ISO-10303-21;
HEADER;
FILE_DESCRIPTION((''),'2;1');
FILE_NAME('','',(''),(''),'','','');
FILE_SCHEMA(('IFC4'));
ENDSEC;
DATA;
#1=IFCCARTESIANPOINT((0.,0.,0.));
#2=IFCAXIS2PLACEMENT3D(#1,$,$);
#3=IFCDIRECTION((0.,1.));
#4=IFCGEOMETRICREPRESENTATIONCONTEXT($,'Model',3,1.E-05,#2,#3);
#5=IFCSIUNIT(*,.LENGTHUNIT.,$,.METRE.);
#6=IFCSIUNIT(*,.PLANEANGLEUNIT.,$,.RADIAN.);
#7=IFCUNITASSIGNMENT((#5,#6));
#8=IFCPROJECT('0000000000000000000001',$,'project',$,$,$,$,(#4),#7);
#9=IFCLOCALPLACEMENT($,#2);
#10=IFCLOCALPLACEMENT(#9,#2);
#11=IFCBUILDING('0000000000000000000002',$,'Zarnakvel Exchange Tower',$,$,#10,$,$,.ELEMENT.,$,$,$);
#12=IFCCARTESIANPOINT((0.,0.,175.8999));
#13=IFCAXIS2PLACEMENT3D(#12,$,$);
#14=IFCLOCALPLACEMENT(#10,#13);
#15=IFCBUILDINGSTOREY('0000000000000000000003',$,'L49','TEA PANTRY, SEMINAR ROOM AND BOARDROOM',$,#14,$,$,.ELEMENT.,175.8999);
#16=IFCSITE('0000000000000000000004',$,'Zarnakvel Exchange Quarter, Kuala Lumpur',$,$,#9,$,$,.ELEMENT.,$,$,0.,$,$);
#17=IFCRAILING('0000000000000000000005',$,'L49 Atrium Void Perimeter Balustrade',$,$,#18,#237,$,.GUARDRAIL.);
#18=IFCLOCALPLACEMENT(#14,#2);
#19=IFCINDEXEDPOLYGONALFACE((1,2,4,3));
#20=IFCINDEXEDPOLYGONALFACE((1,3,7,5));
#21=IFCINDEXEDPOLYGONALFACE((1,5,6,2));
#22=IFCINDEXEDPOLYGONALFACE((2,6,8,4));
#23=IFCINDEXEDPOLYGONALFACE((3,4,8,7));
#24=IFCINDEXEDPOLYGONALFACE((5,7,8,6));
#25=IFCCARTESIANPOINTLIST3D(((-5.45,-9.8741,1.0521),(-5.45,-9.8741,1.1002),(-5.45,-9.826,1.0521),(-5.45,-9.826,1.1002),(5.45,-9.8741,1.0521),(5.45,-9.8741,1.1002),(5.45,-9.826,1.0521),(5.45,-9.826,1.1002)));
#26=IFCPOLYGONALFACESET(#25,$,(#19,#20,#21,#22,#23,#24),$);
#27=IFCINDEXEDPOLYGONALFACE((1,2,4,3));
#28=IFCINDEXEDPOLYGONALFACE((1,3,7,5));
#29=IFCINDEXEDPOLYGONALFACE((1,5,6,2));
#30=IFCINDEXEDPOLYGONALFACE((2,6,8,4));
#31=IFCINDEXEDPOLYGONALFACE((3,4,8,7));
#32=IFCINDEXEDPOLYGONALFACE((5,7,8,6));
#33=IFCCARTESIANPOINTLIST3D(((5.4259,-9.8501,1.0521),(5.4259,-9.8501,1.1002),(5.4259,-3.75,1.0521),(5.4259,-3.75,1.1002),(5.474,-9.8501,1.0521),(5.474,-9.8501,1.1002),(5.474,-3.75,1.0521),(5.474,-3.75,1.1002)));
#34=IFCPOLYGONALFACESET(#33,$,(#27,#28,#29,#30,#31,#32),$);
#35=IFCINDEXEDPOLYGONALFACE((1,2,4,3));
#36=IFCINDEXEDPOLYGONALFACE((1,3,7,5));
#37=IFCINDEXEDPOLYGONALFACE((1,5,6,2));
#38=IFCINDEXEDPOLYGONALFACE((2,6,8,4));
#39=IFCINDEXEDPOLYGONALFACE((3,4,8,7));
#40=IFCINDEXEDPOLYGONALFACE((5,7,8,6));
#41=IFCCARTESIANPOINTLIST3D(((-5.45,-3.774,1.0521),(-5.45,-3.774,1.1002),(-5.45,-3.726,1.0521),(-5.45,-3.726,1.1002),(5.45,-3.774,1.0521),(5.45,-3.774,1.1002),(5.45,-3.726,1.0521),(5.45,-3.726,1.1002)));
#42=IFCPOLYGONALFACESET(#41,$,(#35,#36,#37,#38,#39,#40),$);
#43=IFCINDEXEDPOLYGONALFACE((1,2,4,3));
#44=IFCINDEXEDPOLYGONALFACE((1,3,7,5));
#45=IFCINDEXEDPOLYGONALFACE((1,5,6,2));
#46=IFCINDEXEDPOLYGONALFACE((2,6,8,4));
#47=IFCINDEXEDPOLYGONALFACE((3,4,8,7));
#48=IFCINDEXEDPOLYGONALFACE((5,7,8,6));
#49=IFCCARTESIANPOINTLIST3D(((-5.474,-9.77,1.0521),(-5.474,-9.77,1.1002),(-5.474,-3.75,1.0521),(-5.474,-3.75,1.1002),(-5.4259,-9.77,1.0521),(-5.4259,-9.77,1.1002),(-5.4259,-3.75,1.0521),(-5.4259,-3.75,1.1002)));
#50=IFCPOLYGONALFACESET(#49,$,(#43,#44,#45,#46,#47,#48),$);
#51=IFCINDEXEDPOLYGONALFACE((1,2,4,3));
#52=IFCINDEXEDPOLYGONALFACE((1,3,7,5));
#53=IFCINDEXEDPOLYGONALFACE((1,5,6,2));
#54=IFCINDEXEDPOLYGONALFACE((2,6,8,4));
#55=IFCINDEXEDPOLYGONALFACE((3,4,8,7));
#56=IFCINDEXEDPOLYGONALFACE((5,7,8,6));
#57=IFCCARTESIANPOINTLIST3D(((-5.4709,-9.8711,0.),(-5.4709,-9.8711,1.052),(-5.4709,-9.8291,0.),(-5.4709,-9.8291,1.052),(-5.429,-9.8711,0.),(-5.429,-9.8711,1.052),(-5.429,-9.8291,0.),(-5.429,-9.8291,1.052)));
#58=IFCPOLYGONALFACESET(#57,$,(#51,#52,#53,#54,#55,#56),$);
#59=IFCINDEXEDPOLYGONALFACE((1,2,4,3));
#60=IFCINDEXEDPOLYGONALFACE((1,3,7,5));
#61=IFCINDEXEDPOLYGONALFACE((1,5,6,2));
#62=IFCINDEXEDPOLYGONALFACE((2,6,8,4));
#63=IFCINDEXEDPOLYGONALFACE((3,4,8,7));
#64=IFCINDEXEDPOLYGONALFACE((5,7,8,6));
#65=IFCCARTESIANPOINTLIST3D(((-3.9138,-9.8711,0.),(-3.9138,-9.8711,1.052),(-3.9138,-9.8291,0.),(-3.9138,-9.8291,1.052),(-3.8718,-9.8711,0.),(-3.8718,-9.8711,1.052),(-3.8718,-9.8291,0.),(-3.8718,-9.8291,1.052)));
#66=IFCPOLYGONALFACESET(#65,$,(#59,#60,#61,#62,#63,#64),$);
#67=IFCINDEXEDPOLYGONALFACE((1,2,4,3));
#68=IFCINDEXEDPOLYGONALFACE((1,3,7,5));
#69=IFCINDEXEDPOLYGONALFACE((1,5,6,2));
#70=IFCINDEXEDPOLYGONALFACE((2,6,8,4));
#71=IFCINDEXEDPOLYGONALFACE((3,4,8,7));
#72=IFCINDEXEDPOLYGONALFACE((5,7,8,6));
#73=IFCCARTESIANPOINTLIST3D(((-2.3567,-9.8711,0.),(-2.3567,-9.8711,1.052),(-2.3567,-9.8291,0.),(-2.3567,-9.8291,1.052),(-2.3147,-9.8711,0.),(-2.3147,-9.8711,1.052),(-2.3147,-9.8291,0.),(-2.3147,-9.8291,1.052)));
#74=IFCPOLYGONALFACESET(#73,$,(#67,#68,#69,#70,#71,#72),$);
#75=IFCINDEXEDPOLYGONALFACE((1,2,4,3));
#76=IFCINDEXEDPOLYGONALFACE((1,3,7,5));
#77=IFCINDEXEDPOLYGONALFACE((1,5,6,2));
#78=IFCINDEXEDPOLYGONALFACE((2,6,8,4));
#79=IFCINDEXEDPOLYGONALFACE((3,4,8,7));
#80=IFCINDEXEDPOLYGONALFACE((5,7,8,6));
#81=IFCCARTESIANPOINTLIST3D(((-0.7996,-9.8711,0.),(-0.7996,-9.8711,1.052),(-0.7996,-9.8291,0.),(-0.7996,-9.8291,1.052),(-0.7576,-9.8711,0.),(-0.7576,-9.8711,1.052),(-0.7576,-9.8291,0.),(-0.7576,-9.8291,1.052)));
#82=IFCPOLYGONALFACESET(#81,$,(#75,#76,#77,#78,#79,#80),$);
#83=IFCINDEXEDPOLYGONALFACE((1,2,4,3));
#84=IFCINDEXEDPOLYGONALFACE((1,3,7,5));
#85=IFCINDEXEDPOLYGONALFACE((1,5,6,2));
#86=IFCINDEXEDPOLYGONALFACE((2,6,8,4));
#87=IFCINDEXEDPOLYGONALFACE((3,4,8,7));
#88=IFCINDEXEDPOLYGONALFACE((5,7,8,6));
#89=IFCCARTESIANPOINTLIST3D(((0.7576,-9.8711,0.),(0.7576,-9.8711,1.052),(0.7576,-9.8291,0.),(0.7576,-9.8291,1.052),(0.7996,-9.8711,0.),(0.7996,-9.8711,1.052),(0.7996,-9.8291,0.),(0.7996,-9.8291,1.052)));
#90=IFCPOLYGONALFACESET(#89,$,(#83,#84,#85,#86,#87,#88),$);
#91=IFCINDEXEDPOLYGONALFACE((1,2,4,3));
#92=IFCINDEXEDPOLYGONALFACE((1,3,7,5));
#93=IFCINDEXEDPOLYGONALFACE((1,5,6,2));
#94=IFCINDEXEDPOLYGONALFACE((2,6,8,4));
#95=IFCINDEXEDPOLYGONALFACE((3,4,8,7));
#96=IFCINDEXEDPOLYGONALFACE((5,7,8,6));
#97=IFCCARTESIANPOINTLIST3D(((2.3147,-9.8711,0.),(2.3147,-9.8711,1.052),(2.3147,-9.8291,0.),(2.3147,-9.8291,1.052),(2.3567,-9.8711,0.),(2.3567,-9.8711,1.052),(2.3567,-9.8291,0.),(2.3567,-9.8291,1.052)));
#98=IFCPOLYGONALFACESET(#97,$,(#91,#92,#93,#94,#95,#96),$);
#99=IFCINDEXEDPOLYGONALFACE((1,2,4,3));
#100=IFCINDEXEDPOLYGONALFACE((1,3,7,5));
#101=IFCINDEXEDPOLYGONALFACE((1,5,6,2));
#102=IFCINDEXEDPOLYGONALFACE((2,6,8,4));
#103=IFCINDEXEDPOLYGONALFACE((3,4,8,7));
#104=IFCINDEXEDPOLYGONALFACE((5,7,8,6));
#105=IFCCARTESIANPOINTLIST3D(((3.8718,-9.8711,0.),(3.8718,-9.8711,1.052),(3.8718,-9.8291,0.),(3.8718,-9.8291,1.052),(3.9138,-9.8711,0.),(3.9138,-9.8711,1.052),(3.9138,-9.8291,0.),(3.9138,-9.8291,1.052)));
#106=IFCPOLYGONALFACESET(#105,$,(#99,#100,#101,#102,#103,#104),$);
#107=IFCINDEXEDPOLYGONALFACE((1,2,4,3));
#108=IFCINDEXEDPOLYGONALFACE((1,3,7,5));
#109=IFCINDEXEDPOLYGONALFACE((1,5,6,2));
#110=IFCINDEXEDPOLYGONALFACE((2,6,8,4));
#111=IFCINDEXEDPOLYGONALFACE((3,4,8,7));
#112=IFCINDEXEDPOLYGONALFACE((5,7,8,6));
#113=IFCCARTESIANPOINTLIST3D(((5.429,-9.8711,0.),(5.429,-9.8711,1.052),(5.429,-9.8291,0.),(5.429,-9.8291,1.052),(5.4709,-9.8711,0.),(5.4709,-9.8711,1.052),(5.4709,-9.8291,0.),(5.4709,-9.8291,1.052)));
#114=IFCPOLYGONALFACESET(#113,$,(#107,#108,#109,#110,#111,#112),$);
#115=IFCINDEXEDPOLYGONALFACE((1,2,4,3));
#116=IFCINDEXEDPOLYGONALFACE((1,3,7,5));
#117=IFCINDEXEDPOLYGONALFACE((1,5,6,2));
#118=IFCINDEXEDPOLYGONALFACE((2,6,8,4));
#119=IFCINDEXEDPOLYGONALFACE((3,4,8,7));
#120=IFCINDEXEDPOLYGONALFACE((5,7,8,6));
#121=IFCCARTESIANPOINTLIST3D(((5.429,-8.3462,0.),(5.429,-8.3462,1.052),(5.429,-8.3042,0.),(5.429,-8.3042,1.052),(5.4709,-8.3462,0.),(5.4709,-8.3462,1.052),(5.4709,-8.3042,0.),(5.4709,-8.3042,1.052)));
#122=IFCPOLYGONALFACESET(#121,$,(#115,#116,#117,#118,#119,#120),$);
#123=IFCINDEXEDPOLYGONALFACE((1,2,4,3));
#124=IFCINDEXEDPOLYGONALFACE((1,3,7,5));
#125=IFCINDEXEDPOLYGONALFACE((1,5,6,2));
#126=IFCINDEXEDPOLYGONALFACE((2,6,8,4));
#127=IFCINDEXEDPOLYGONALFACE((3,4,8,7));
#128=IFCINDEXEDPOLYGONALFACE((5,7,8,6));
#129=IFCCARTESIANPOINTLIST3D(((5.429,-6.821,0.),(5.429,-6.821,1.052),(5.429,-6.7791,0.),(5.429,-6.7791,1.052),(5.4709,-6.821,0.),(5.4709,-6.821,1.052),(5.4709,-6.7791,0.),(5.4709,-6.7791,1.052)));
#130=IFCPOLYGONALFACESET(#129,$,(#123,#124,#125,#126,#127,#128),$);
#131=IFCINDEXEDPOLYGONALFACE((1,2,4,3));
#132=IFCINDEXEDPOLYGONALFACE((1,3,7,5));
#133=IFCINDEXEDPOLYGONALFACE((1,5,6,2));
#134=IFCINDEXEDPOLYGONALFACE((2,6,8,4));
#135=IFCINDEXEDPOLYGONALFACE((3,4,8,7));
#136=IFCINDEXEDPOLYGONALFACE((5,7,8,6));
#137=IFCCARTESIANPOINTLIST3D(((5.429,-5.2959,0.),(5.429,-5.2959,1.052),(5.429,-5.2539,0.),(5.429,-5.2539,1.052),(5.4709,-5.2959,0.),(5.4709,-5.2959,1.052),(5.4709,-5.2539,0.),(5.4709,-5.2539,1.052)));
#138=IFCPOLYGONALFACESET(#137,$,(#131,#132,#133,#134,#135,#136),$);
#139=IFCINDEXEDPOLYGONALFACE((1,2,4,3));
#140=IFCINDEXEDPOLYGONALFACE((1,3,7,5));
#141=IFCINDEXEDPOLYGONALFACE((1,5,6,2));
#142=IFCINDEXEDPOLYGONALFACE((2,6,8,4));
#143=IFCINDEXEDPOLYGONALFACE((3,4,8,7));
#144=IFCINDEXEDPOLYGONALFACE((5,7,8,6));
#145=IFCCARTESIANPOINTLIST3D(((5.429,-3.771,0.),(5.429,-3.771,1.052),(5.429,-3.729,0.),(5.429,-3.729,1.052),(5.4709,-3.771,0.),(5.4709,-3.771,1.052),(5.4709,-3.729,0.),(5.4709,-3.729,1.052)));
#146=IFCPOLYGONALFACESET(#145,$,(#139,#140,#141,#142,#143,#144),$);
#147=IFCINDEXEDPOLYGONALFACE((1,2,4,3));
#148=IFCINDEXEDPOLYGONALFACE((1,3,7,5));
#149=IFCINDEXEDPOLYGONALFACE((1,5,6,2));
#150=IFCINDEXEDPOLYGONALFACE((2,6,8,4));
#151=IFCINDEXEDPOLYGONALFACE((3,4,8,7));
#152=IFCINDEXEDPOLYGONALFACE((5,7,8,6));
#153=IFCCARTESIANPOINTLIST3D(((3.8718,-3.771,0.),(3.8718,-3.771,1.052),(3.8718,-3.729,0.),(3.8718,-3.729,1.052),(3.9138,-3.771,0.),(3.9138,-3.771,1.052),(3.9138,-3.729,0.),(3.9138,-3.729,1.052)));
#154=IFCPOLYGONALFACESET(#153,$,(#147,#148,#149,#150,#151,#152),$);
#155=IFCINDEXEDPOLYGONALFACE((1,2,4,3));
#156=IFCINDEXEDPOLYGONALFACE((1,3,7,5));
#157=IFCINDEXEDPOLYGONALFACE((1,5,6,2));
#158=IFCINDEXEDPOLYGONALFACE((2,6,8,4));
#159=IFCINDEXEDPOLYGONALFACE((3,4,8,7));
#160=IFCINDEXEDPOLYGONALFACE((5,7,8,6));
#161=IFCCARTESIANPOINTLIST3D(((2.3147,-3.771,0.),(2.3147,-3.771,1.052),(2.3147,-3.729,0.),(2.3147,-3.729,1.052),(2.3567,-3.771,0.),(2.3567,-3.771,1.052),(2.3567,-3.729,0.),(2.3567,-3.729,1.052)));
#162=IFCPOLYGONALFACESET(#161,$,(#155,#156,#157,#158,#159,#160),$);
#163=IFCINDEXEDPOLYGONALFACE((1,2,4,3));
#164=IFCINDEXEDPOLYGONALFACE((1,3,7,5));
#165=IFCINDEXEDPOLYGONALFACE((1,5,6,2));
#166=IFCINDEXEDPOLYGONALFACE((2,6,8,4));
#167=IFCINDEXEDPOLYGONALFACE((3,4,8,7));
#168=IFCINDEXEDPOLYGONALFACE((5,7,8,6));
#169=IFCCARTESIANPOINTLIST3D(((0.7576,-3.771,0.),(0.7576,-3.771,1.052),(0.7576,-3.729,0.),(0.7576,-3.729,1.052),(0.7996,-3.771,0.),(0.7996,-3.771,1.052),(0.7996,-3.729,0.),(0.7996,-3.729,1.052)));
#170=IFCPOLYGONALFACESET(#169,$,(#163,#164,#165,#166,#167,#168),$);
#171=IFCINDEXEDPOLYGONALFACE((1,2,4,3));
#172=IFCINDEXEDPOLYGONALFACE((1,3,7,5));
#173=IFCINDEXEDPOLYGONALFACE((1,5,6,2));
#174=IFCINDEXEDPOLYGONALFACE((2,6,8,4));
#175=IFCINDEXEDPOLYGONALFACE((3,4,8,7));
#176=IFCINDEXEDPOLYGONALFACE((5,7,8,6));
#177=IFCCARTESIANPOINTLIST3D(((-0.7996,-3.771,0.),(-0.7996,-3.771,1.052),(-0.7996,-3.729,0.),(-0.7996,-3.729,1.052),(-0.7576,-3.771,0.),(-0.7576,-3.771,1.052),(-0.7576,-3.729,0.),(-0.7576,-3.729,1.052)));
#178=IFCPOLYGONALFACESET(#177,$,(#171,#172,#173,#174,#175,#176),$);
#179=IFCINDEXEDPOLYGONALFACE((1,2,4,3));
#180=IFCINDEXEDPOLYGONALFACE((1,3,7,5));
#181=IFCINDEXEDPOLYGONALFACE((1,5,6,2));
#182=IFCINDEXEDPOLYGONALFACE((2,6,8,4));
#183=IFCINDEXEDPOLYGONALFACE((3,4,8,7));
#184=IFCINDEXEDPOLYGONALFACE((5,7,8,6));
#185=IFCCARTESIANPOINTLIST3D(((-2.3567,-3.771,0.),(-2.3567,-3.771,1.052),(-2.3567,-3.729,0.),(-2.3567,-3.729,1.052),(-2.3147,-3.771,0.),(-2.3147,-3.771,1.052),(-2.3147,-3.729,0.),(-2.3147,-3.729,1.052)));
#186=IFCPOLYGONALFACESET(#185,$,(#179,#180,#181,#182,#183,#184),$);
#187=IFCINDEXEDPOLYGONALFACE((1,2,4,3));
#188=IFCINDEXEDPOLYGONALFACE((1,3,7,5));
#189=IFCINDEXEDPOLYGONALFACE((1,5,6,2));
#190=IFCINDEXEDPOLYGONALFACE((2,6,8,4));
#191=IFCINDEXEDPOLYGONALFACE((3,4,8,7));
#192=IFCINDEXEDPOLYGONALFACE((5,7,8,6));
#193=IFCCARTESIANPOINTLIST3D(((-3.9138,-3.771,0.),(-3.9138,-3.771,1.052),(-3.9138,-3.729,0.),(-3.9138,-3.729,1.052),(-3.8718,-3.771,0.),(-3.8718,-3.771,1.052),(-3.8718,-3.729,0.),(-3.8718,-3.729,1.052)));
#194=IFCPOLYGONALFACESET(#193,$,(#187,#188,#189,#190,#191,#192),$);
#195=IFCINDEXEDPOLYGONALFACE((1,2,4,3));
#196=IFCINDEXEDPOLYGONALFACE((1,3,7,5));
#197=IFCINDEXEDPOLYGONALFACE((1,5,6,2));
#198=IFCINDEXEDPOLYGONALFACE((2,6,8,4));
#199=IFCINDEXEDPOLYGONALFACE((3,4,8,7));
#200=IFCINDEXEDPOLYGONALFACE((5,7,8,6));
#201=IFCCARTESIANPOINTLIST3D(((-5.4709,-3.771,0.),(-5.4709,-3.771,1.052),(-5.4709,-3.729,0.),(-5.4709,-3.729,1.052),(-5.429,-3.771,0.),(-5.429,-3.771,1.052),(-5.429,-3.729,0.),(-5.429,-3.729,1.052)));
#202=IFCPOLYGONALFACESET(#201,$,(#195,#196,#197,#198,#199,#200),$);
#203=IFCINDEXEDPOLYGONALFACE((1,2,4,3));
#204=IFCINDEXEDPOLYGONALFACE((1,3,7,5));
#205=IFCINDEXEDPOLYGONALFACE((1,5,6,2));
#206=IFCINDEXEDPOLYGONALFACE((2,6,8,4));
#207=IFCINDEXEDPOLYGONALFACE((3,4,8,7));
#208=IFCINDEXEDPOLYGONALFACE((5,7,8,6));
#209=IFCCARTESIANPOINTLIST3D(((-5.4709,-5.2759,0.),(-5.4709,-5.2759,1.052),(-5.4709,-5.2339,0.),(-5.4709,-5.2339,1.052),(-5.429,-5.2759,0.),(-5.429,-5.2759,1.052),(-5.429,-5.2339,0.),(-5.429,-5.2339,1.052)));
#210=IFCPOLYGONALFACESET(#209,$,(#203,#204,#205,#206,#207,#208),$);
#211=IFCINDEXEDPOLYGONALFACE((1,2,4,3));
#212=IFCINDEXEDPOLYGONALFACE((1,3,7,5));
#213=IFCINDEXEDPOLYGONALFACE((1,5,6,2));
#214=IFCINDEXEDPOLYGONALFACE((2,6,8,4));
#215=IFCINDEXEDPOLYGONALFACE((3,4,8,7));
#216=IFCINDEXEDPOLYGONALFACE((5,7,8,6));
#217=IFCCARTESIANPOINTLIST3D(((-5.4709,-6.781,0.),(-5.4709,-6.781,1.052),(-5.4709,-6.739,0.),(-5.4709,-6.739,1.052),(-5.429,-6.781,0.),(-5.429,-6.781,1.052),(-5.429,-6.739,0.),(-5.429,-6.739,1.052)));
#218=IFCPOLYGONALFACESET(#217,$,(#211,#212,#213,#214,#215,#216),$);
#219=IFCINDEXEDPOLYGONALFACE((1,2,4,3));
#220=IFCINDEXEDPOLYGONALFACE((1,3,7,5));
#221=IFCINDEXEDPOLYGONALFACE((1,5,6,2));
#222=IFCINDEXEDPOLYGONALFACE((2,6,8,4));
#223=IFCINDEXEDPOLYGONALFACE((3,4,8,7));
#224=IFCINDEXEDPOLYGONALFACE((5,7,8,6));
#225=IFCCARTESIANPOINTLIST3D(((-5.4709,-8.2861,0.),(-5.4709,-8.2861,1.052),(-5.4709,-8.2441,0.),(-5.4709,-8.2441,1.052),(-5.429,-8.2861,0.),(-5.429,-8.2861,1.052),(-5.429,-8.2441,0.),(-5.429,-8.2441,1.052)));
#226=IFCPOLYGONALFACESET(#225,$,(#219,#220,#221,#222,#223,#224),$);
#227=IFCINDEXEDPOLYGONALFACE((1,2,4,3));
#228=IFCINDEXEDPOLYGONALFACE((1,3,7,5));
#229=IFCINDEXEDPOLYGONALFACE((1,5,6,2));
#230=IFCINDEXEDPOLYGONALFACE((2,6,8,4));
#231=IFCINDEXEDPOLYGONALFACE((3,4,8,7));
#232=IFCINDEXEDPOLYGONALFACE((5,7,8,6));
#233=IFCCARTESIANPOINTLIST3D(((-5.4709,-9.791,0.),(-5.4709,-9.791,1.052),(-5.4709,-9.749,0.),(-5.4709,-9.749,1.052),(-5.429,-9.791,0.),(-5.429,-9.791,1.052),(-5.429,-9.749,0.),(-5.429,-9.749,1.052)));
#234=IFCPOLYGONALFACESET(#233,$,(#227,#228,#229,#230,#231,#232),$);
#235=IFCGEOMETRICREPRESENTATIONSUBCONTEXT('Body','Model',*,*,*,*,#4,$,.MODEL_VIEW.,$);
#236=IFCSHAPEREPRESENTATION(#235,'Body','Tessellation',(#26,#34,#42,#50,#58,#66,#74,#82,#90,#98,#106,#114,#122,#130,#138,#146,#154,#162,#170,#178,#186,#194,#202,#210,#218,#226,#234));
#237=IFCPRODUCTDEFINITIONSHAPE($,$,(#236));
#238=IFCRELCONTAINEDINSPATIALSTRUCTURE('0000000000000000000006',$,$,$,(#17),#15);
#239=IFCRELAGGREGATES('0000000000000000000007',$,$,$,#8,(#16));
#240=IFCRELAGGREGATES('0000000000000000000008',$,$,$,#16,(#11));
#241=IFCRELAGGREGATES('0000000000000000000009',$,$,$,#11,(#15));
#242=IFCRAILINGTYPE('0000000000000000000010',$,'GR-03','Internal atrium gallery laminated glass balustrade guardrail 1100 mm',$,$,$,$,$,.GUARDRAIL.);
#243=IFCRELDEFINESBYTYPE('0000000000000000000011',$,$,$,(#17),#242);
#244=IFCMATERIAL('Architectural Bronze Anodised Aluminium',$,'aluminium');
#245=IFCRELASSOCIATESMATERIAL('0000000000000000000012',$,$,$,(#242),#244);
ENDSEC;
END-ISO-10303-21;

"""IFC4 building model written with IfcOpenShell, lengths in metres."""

from ifc_helpers import new_model, si_unit, direction, frame, origin, origin_2d, place, context, subcontext, project, spatial, rectangle, extrude, material, type_object, element, save


model = new_model("IFC4")

# Units and contexts
model_context = context("Model", 3, precision=1e-05, world=origin(), true_north=direction((0.0, 1.0)))
body_context = subcontext(model_context, "Body", "Model", "MODEL_VIEW")
ifc_project = project(units=[si_unit("LENGTHUNIT", "METRE"), si_unit("PLANEANGLEUNIT", "RADIAN")], contexts=[model_context])

# Site, building, storey
site_placement = place(None, origin())
site = spatial("IfcSite", under=ifc_project, at=site_placement, Name="Zarnakvel Exchange Quarter, Kuala Lumpur", CompositionType="ELEMENT", RefElevation=0.0)
building_placement = place(site_placement, origin())
building = spatial("IfcBuilding", under=site, at=building_placement, Name="Zarnakvel Exchange Tower", CompositionType="ELEMENT")
storey_placement = place(building_placement, frame((0.0, 0.0, 175.8999)))
storey = spatial("IfcBuildingStorey", under=building, at=storey_placement, Name="L49", Description="TEA PANTRY, SEMINAR ROOM AND BOARDROOM", CompositionType="ELEMENT", Elevation=175.8999)

# Railing
ifc_material_1 = material(Name="Architectural Bronze Anodised Aluminium", Category="aluminium")
railing_type = type_object("IfcRailingType", Name="GR-03", Description="Internal atrium gallery laminated glass balustrade guardrail 1100 mm", PredefinedType="GUARDRAIL", material=ifc_material_1)
railing_placement = place(storey_placement, frame((-5.45, -9.8501, 0.0)))
element("IfcRailing", 1, at=railing_placement, inside=storey, type_object=railing_type, Name="L49 Atrium Void Perimeter Balustrade", PredefinedType="GUARDRAIL", context=body_context, shape_type="SweptSolid", body=[
    extrude(rectangle(XDim=0.0481, YDim=0.0481, at=origin_2d()), frame((0.0, 0.0, 1.0762), z_axis=(1.0, 0.0, 0.0), x_axis=(0.0, 1.0, 0.0)), (0.0, 0.0, 1.0), 10.8999),
    extrude(rectangle(XDim=0.0481, YDim=0.0481, at=origin_2d()), frame((10.8999, 0.0, 1.0762), z_axis=(0.0, 1.0, 0.0), x_axis=(-1.0, 0.0, 0.0)), (0.0, 0.0, 1.0), 6.1001),
    extrude(rectangle(XDim=0.0481, YDim=0.0481, at=origin_2d()), frame((10.8999, 6.1001, 1.0762), z_axis=(-1.0, 0.0, 0.0), x_axis=(0.0, -1.0, 0.0)), (0.0, 0.0, 1.0), 10.8999),
    extrude(rectangle(XDim=0.0481, YDim=0.0481, at=origin_2d()), frame((0.0, 6.1001, 1.0762), z_axis=(0.0, -1.0, 0.0), x_axis=(1.0, 0.0, 0.0)), (0.0, 0.0, 1.0), 6.02),
    extrude(rectangle(XDim=0.042, YDim=0.042, at=origin_2d()), origin(), (0.0, 0.0, 1.0), 1.052),
    extrude(rectangle(XDim=0.042, YDim=0.042, at=origin_2d()), frame((1.5571, 0.0, 0.0)), (0.0, 0.0, 1.0), 1.052),
    extrude(rectangle(XDim=0.042, YDim=0.042, at=origin_2d()), frame((3.1143, 0.0, 0.0)), (0.0, 0.0, 1.0), 1.052),
    extrude(rectangle(XDim=0.042, YDim=0.042, at=origin_2d()), frame((4.6714, 0.0, 0.0)), (0.0, 0.0, 1.0), 1.052),
    extrude(rectangle(XDim=0.042, YDim=0.042, at=origin_2d()), frame((6.2285, 0.0, 0.0)), (0.0, 0.0, 1.0), 1.052),
    extrude(rectangle(XDim=0.042, YDim=0.042, at=origin_2d()), frame((7.7856, 0.0, 0.0)), (0.0, 0.0, 1.0), 1.052),
    extrude(rectangle(XDim=0.042, YDim=0.042, at=origin_2d()), frame((9.3428, 0.0, 0.0)), (0.0, 0.0, 1.0), 1.052),
    extrude(rectangle(XDim=0.042, YDim=0.042, at=origin_2d()), frame((10.8999, 0.0, 0.0)), (0.0, 0.0, 1.0), 1.052),
    extrude(rectangle(XDim=0.042, YDim=0.042, at=origin_2d()), frame((10.8999, 1.5249, 0.0)), (0.0, 0.0, 1.0), 1.052),
    extrude(rectangle(XDim=0.042, YDim=0.042, at=origin_2d()), frame((10.8999, 3.05, 0.0)), (0.0, 0.0, 1.0), 1.052),
    extrude(rectangle(XDim=0.042, YDim=0.042, at=origin_2d()), frame((10.8999, 4.5752, 0.0)), (0.0, 0.0, 1.0), 1.052),
    extrude(rectangle(XDim=0.042, YDim=0.042, at=origin_2d()), frame((10.8999, 6.1001, 0.0)), (0.0, 0.0, 1.0), 1.052),
    extrude(rectangle(XDim=0.042, YDim=0.042, at=origin_2d()), frame((9.3428, 6.1001, 0.0)), (0.0, 0.0, 1.0), 1.052),
    extrude(rectangle(XDim=0.042, YDim=0.042, at=origin_2d()), frame((7.7856, 6.1001, 0.0)), (0.0, 0.0, 1.0), 1.052),
    extrude(rectangle(XDim=0.042, YDim=0.042, at=origin_2d()), frame((6.2285, 6.1001, 0.0)), (0.0, 0.0, 1.0), 1.052),
    extrude(rectangle(XDim=0.042, YDim=0.042, at=origin_2d()), frame((4.6714, 6.1001, 0.0)), (0.0, 0.0, 1.0), 1.052),
    extrude(rectangle(XDim=0.042, YDim=0.042, at=origin_2d()), frame((3.1143, 6.1001, 0.0)), (0.0, 0.0, 1.0), 1.052),
    extrude(rectangle(XDim=0.042, YDim=0.042, at=origin_2d()), frame((1.5571, 6.1001, 0.0)), (0.0, 0.0, 1.0), 1.052),
    extrude(rectangle(XDim=0.042, YDim=0.042, at=origin_2d()), frame((0.0, 6.1001, 0.0)), (0.0, 0.0, 1.0), 1.052),
    extrude(rectangle(XDim=0.042, YDim=0.042, at=origin_2d()), frame((0.0, 4.5952, 0.0)), (0.0, 0.0, 1.0), 1.052),
    extrude(rectangle(XDim=0.042, YDim=0.042, at=origin_2d()), frame((0.0, 3.0901, 0.0)), (0.0, 0.0, 1.0), 1.052),
    extrude(rectangle(XDim=0.042, YDim=0.042, at=origin_2d()), frame((0.0, 1.585, 0.0)), (0.0, 0.0, 1.0), 1.052),
    extrude(rectangle(XDim=0.042, YDim=0.042, at=origin_2d()), frame((0.0, 0.0801, 0.0)), (0.0, 0.0, 1.0), 1.052),
])

save(model, "model.ifc")
